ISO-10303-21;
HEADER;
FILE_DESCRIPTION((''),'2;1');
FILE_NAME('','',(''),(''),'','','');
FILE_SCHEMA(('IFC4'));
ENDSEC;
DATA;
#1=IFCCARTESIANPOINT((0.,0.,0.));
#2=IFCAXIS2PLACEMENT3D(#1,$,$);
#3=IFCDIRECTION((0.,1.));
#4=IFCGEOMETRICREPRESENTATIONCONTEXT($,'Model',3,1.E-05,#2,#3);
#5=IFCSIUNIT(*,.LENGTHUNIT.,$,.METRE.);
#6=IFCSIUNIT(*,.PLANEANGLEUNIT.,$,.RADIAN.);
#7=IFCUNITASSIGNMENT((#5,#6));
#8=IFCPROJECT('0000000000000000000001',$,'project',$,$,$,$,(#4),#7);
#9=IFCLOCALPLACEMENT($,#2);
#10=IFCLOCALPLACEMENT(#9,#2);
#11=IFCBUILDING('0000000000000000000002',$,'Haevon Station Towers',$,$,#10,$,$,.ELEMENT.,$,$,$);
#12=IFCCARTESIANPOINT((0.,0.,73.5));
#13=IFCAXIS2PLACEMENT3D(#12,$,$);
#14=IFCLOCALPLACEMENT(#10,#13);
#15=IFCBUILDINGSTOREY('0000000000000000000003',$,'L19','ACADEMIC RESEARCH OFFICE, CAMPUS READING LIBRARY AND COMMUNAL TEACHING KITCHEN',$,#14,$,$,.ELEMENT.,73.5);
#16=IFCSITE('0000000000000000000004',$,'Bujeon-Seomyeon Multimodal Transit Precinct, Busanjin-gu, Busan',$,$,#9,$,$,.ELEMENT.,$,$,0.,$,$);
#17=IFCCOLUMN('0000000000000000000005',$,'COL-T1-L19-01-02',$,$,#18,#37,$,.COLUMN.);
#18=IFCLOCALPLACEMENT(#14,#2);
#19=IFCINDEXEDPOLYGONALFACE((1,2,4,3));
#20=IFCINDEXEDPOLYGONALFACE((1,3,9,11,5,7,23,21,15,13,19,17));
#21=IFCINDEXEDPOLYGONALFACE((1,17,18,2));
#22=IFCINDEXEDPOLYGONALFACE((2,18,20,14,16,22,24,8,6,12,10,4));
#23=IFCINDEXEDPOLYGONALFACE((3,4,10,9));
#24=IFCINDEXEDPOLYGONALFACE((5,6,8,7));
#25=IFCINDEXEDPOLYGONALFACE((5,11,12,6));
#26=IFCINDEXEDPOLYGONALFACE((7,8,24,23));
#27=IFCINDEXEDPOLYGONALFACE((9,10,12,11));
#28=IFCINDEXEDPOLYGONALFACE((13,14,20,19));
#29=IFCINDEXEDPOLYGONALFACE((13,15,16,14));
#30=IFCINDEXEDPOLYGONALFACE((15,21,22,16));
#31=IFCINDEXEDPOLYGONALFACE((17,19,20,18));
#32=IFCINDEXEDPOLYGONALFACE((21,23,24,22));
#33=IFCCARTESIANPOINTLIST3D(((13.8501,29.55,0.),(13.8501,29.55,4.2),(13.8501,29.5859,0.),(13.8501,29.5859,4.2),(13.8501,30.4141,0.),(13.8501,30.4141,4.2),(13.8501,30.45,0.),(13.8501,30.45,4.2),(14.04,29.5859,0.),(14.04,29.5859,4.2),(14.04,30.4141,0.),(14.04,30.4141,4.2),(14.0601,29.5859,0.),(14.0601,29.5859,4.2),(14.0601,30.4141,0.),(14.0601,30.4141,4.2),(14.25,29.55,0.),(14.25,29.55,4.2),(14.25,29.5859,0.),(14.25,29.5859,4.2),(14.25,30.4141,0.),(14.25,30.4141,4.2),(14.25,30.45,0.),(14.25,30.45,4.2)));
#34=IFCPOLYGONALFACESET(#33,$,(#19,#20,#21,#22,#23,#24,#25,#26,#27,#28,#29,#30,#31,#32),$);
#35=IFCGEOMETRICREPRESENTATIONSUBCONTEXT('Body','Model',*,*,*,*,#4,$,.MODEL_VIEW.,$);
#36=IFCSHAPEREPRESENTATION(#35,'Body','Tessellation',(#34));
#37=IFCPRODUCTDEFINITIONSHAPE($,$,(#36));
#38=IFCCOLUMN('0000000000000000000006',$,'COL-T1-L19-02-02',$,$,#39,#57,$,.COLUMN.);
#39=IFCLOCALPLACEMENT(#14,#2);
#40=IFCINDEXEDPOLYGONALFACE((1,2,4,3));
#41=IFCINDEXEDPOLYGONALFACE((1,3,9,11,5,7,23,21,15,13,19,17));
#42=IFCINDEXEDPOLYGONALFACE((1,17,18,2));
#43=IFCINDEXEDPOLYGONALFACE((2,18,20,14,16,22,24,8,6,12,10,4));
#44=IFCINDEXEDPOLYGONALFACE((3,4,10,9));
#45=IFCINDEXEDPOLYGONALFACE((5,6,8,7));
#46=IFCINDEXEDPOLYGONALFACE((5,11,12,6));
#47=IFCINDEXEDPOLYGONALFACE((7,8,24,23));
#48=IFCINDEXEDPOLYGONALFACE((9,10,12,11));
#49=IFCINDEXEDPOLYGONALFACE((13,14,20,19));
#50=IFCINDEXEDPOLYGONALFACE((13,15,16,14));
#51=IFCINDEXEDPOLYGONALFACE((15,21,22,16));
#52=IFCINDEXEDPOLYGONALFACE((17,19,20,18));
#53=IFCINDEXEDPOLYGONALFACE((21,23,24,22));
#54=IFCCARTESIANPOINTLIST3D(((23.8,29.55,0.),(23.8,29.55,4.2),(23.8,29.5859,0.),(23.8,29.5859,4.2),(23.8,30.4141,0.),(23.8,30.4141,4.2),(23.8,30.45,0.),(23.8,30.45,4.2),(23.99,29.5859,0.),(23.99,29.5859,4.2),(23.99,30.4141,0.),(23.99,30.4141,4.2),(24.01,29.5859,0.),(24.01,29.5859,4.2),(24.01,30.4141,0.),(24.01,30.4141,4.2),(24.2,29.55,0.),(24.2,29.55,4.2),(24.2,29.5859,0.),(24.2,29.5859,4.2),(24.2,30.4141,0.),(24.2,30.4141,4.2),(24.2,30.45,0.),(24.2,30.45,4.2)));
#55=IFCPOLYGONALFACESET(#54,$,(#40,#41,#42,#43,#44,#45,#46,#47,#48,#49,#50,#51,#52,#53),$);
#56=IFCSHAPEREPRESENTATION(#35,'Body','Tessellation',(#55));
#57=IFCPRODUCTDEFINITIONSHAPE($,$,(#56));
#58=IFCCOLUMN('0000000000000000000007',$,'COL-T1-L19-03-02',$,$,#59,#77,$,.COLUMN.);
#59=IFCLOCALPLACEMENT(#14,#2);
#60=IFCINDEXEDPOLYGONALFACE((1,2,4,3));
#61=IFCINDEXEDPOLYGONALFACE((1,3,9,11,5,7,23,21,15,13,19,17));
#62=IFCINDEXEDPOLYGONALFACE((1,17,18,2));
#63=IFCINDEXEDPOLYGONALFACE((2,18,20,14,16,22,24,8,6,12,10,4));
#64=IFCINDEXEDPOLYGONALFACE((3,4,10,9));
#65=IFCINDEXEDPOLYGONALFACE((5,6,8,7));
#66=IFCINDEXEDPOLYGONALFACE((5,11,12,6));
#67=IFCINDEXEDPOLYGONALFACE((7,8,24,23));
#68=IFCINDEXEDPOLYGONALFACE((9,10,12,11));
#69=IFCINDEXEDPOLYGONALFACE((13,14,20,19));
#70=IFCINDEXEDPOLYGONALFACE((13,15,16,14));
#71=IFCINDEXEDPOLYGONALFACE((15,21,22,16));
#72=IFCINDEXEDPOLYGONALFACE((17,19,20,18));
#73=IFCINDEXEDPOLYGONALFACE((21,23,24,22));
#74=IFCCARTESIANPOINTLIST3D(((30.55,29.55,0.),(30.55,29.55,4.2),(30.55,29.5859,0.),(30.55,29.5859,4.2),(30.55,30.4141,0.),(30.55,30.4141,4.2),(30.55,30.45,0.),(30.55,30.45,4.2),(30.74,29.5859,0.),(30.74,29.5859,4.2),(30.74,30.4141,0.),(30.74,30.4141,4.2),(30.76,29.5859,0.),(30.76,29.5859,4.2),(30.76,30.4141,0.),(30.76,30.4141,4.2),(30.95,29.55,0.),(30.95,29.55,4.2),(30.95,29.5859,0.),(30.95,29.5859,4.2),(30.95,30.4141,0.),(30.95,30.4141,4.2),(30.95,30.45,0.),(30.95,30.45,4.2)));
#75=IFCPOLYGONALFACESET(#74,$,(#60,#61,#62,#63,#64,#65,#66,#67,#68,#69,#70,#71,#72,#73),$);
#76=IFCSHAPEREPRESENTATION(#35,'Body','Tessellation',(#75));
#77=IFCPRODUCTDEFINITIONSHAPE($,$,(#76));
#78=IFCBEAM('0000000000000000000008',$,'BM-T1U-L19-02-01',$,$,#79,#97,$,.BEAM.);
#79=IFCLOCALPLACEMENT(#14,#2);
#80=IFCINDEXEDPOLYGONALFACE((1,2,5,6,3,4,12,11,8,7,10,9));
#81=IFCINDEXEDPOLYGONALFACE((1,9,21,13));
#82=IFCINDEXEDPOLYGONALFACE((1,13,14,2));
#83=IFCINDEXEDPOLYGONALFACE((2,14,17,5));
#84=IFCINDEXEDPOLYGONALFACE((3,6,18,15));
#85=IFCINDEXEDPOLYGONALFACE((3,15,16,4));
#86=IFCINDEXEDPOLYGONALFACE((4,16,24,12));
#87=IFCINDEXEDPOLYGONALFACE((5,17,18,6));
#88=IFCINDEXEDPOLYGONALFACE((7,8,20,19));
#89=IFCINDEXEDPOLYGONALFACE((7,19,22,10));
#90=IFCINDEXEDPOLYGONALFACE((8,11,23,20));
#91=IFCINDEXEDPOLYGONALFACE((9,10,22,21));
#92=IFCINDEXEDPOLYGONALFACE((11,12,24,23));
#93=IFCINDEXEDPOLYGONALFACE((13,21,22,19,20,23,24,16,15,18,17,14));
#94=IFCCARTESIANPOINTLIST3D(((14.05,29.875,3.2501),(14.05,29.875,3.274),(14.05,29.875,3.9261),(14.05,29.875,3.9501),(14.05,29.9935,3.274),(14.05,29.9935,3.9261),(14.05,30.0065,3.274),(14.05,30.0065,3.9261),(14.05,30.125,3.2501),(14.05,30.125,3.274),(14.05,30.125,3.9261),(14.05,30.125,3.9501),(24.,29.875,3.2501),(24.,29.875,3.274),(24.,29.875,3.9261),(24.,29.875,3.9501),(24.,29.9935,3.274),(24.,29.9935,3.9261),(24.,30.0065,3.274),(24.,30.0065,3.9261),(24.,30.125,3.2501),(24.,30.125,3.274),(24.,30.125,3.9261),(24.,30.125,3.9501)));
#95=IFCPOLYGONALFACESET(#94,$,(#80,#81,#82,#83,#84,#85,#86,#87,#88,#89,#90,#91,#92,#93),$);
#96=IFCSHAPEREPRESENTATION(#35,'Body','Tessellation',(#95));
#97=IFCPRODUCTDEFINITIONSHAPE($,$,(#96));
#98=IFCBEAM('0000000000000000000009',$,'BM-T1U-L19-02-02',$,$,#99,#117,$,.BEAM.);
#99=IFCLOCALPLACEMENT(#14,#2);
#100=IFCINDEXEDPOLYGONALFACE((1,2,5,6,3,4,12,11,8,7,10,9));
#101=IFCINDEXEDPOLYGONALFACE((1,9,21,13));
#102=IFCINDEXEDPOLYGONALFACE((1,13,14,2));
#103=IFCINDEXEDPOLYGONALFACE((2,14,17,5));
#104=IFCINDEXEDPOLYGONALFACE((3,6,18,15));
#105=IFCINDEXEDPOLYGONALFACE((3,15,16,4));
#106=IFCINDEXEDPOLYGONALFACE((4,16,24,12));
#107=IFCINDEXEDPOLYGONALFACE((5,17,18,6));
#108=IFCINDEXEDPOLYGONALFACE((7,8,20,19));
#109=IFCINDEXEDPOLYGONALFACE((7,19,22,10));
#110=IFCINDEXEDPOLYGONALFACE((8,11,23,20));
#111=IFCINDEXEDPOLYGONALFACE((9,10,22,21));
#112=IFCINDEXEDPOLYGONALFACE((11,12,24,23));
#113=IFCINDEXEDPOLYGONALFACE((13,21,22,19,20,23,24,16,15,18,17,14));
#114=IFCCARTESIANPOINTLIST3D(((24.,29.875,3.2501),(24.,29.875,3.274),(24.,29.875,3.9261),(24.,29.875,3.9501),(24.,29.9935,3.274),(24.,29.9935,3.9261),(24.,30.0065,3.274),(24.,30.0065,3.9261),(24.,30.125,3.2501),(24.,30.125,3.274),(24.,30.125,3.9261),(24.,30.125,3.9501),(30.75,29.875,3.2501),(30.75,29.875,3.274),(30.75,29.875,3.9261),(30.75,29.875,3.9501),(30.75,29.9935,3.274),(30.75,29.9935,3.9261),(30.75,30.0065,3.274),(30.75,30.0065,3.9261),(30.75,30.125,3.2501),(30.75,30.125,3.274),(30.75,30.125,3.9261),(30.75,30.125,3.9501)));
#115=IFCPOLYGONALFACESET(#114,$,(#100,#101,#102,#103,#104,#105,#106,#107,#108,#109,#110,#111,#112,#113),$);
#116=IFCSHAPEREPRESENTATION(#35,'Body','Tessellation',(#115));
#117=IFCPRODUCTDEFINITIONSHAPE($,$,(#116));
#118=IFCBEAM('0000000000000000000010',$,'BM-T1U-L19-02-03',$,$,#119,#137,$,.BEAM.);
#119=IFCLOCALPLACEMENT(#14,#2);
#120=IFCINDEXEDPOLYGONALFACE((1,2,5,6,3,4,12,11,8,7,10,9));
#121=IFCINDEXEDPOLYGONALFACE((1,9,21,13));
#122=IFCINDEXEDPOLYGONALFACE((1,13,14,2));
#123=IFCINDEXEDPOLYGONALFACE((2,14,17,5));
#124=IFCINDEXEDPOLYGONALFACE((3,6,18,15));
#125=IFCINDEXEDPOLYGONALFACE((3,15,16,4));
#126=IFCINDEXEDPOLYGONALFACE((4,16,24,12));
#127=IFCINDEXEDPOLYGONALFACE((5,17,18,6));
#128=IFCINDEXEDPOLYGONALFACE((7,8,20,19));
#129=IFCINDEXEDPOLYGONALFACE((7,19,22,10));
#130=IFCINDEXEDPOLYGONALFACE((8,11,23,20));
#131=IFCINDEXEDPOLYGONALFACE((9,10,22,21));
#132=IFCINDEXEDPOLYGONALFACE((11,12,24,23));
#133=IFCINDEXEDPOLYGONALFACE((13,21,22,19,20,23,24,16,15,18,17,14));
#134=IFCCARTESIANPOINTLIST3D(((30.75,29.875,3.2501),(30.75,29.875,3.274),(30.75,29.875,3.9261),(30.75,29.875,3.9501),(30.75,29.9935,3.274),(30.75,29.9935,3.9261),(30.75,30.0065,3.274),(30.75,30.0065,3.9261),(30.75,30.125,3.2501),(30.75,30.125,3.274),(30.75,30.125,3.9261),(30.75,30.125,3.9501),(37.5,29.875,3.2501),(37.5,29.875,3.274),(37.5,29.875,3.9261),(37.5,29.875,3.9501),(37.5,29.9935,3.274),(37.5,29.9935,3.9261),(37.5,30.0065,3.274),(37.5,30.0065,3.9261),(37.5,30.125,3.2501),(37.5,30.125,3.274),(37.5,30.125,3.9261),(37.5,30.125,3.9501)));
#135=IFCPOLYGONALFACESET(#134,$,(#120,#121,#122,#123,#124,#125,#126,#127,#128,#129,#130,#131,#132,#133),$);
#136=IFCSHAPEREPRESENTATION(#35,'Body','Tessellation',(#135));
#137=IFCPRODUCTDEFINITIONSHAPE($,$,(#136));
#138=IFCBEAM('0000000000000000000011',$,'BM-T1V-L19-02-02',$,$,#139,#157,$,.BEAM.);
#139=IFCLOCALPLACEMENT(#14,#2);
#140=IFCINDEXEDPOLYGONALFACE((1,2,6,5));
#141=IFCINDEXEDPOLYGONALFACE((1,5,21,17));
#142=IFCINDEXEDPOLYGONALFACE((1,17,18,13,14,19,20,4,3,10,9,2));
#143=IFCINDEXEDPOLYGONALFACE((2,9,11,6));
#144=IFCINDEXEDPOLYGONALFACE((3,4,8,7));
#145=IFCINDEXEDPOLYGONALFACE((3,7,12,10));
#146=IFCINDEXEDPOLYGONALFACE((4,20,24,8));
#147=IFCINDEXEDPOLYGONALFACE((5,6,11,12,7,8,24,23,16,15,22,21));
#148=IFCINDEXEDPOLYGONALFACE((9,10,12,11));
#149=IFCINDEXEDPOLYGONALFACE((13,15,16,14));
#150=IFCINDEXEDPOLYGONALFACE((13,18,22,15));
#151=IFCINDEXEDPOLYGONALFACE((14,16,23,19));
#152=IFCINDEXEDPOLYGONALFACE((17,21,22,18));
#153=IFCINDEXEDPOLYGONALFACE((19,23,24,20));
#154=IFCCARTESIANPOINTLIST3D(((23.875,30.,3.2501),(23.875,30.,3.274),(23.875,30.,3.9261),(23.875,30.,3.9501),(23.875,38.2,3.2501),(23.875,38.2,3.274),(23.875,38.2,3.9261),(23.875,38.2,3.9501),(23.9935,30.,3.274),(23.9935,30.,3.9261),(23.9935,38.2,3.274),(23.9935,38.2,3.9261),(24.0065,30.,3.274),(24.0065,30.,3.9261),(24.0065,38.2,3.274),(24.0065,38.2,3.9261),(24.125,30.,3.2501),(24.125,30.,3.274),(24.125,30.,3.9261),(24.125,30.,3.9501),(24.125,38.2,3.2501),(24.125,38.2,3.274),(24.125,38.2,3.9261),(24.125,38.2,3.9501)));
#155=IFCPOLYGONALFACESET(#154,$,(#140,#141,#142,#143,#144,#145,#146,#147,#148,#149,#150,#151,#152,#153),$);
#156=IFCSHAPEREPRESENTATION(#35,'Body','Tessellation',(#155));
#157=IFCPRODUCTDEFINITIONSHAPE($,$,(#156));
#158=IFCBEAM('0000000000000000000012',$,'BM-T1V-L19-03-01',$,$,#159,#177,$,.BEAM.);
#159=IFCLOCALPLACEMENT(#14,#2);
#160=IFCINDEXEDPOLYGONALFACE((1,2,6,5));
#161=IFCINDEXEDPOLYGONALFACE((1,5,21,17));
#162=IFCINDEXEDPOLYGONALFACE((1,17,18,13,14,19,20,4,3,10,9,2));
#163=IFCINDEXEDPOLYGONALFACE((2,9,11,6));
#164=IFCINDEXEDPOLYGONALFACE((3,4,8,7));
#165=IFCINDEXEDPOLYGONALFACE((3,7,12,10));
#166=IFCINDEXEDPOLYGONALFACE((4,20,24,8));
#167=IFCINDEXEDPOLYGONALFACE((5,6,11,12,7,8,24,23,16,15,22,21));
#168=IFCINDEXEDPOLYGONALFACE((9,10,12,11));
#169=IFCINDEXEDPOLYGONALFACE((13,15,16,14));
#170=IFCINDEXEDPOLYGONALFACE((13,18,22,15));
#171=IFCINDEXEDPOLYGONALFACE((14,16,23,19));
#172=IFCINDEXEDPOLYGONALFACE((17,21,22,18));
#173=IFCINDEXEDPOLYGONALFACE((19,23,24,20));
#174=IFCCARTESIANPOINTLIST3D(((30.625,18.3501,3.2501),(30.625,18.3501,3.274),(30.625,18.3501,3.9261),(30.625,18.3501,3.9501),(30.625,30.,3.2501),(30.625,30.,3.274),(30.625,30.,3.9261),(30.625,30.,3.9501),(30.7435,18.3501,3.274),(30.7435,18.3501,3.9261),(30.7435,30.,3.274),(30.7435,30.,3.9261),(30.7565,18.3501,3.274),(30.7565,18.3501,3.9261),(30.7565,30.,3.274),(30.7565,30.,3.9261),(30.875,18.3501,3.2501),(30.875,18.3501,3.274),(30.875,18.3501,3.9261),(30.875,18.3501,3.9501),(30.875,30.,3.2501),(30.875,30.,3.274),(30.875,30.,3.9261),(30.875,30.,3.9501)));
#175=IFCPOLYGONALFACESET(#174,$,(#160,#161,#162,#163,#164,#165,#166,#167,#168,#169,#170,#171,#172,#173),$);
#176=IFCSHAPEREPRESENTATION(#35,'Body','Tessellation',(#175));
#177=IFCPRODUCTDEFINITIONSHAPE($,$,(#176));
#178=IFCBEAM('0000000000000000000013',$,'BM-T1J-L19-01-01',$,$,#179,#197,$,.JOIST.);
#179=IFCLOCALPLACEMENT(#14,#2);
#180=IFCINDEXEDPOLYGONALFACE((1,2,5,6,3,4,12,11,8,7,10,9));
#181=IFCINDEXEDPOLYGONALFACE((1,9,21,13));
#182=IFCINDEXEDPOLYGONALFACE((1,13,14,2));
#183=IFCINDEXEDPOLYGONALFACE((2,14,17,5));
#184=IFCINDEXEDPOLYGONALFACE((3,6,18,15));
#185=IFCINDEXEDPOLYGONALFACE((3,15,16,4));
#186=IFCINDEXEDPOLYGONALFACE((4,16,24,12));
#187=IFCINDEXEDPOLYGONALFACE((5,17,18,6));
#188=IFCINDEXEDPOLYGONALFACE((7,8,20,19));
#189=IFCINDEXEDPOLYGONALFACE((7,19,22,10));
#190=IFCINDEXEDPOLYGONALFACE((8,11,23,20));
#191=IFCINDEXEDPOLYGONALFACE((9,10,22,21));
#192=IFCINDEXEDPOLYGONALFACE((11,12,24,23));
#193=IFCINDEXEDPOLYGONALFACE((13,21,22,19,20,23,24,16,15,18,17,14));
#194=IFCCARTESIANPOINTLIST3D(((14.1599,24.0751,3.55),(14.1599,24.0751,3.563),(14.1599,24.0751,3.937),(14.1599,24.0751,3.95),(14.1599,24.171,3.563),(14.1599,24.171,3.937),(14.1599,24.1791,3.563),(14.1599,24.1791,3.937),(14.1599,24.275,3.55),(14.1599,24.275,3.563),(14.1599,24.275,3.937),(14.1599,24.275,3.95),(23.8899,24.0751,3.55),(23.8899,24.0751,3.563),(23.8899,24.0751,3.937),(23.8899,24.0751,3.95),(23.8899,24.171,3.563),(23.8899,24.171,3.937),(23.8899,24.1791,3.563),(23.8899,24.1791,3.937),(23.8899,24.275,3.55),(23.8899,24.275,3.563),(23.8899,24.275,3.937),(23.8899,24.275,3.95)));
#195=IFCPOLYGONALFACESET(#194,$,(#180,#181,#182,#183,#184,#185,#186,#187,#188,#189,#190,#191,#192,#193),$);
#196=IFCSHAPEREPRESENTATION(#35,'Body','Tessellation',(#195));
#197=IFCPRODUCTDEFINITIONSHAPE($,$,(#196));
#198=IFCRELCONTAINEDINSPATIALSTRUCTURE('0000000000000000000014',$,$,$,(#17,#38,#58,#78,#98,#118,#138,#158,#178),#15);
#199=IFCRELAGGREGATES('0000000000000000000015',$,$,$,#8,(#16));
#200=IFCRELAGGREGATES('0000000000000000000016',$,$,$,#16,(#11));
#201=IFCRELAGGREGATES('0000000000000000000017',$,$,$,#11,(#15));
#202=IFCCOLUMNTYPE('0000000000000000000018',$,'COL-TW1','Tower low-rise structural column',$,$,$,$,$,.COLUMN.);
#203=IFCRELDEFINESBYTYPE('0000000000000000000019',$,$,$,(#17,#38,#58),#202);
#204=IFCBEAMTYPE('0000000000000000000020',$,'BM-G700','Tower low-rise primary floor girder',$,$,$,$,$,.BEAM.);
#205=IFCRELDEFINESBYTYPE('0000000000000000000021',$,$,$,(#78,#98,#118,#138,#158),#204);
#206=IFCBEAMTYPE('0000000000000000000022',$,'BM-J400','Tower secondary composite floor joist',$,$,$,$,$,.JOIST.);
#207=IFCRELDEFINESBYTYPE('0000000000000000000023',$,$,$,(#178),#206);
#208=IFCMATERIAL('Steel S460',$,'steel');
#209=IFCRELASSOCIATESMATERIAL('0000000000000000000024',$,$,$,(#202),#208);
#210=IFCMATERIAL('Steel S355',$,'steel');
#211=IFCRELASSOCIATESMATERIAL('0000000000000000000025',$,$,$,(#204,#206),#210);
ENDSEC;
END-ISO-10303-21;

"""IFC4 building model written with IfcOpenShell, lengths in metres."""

from ifc_helpers import new_model, si_unit, direction, frame, origin, origin_2d, place, context, subcontext, project, spatial, i_section, extrude, material, material_profile, profile_set, type_object, element, save


model = new_model("IFC4")

# Units and contexts
model_context = context("Model", 3, precision=1e-05, world=origin(), true_north=direction((0.0, 1.0)))
body_context = subcontext(model_context, "Body", "Model", "MODEL_VIEW")
ifc_project = project(units=[si_unit("LENGTHUNIT", "METRE"), si_unit("PLANEANGLEUNIT", "RADIAN")], contexts=[model_context])

# Site, building, storey
site_placement = place(None, origin())
site = spatial("IfcSite", under=ifc_project, at=site_placement, Name="Bujeon-Seomyeon Multimodal Transit Precinct, Busanjin-gu, Busan", CompositionType="ELEMENT", RefElevation=0.0)
building_placement = place(site_placement, origin())
building = spatial("IfcBuilding", under=site, at=building_placement, Name="Haevon Station Towers", CompositionType="ELEMENT")
storey_placement = place(building_placement, frame((0.0, 0.0, 73.5)))
storey = spatial("IfcBuildingStorey", under=building, at=storey_placement, Name="L19", Description="ACADEMIC RESEARCH OFFICE, CAMPUS READING LIBRARY AND COMMUNAL TEACHING KITCHEN", CompositionType="ELEMENT", Elevation=73.5)

# Columns
ifc_material_1 = material(Name="Steel S460", Category="steel")
ifc_material_profile_1 = material_profile(ifc_material_1, i_section(OverallWidth=0.3999, OverallDepth=0.8999, WebThickness=0.02, FlangeThickness=0.0359, at=origin_2d()), Name="H-900x400x20x36")
ifc_profile_set_1 = profile_set([ifc_material_profile_1], Name="Steel S460")
column_type = type_object("IfcColumnType", Name="COL-TW1", Description="Tower low-rise structural column", PredefinedType="COLUMN", material=ifc_profile_set_1)
for number, where, z_axis, x_axis, name in (
    (1, (14.05, 30.0, 0.0), (0.0, 0.0, 1.0), (1.0, 0.0, 0.0), "COL-T1-L19-01-02"),
    (2, (24.0, 30.0, 0.0), (0.0, 0.0, 1.0), (1.0, 0.0, 0.0), "COL-T1-L19-02-02"),
    (3, (30.75, 30.0, 0.0), (0.0, 0.0, 1.0), (1.0, 0.0, 0.0), "COL-T1-L19-03-02"),
):
    element("IfcColumn", number, at=place(storey_placement, frame(where, z_axis=z_axis, x_axis=x_axis)), inside=storey, type_object=column_type, Name=name, PredefinedType="COLUMN", context=body_context, shape_type="SweptSolid", body=[
        extrude(i_section(OverallWidth=0.3999, OverallDepth=0.8999, WebThickness=0.02, FlangeThickness=0.0359, at=origin_2d()), origin(), (0.0, 0.0, 1.0), 4.2),
    ])

# Beams
ifc_material_2 = material(Name="Steel S355", Category="steel")
ifc_material_profile_2 = material_profile(ifc_material_2, i_section(OverallWidth=0.25, OverallDepth=0.7, WebThickness=0.0129, FlangeThickness=0.0239, at=origin_2d()), Name="H-700x250x13x24")
ifc_profile_set_2 = profile_set([ifc_material_profile_2], Name="Steel S355")
beam_type_1 = type_object("IfcBeamType", Name="BM-G700", Description="Tower low-rise primary floor girder", PredefinedType="BEAM", material=ifc_profile_set_2)
beam_1_placement = place(storey_placement, frame((14.05, 30.0, 3.6001), z_axis=(1.0, 0.0, 0.0), x_axis=(0.0, 1.0, 0.0)))
element("IfcBeam", 4, at=beam_1_placement, inside=storey, type_object=beam_type_1, Name="BM-T1U-L19-02-01", PredefinedType="BEAM", context=body_context, shape_type="SweptSolid", body=[
    extrude(i_section(OverallWidth=0.25, OverallDepth=0.7, WebThickness=0.0129, FlangeThickness=0.0239, at=origin_2d()), origin(), (0.0, 0.0, 1.0), 9.95),
])
for number, where, z_axis, x_axis, name in (
    (5, (24.0, 30.0, 3.6001), (1.0, 0.0, 0.0), (0.0, 1.0, 0.0), "BM-T1U-L19-02-02"),
    (6, (30.75, 30.0, 3.6001), (1.0, 0.0, 0.0), (0.0, 1.0, 0.0), "BM-T1U-L19-02-03"),
):
    element("IfcBeam", number, at=place(storey_placement, frame(where, z_axis=z_axis, x_axis=x_axis)), inside=storey, type_object=beam_type_1, Name=name, PredefinedType="BEAM", context=body_context, shape_type="SweptSolid", body=[
        extrude(i_section(OverallWidth=0.25, OverallDepth=0.7, WebThickness=0.0129, FlangeThickness=0.0239, at=origin_2d()), origin(), (0.0, 0.0, 1.0), 6.75),
    ])
beam_2_placement = place(storey_placement, frame((24.0, 30.0, 3.6001), z_axis=(0.0, 1.0, 0.0), x_axis=(-1.0, 0.0, 0.0)))
element("IfcBeam", 7, at=beam_2_placement, inside=storey, type_object=beam_type_1, Name="BM-T1V-L19-02-02", PredefinedType="BEAM", context=body_context, shape_type="SweptSolid", body=[
    extrude(i_section(OverallWidth=0.25, OverallDepth=0.7, WebThickness=0.0129, FlangeThickness=0.0239, at=origin_2d()), origin(), (0.0, 0.0, 1.0), 8.2),
])
beam_3_placement = place(storey_placement, frame((30.75, 18.3501, 3.6001), z_axis=(0.0, 1.0, 0.0), x_axis=(-1.0, 0.0, 0.0)))
element("IfcBeam", 8, at=beam_3_placement, inside=storey, type_object=beam_type_1, Name="BM-T1V-L19-03-01", PredefinedType="BEAM", context=body_context, shape_type="SweptSolid", body=[
    extrude(i_section(OverallWidth=0.25, OverallDepth=0.7, WebThickness=0.0129, FlangeThickness=0.0239, at=origin_2d()), origin(), (0.0, 0.0, 1.0), 11.6499),
])
ifc_material_profile_3 = material_profile(ifc_material_2, i_section(OverallWidth=0.2, OverallDepth=0.3999, WebThickness=0.0081, FlangeThickness=0.0129, at=origin_2d()), Name="H-400x200x8x13")
ifc_profile_set_3 = profile_set([ifc_material_profile_3], Name="Steel S355")
beam_type_2 = type_object("IfcBeamType", Name="BM-J400", Description="Tower secondary composite floor joist", PredefinedType="JOIST", material=ifc_profile_set_3)
beam_4_placement = place(storey_placement, frame((14.1599, 24.175, 3.75), z_axis=(1.0, 0.0, 0.0), x_axis=(0.0, 1.0, 0.0)))
element("IfcBeam", 9, at=beam_4_placement, inside=storey, type_object=beam_type_2, Name="BM-T1J-L19-01-01", PredefinedType="JOIST", context=body_context, shape_type="SweptSolid", body=[
    extrude(i_section(OverallWidth=0.2, OverallDepth=0.3999, WebThickness=0.0081, FlangeThickness=0.0129, at=origin_2d()), origin(), (0.0, 0.0, 1.0), 9.73),
])

save(model, "model.ifc")
